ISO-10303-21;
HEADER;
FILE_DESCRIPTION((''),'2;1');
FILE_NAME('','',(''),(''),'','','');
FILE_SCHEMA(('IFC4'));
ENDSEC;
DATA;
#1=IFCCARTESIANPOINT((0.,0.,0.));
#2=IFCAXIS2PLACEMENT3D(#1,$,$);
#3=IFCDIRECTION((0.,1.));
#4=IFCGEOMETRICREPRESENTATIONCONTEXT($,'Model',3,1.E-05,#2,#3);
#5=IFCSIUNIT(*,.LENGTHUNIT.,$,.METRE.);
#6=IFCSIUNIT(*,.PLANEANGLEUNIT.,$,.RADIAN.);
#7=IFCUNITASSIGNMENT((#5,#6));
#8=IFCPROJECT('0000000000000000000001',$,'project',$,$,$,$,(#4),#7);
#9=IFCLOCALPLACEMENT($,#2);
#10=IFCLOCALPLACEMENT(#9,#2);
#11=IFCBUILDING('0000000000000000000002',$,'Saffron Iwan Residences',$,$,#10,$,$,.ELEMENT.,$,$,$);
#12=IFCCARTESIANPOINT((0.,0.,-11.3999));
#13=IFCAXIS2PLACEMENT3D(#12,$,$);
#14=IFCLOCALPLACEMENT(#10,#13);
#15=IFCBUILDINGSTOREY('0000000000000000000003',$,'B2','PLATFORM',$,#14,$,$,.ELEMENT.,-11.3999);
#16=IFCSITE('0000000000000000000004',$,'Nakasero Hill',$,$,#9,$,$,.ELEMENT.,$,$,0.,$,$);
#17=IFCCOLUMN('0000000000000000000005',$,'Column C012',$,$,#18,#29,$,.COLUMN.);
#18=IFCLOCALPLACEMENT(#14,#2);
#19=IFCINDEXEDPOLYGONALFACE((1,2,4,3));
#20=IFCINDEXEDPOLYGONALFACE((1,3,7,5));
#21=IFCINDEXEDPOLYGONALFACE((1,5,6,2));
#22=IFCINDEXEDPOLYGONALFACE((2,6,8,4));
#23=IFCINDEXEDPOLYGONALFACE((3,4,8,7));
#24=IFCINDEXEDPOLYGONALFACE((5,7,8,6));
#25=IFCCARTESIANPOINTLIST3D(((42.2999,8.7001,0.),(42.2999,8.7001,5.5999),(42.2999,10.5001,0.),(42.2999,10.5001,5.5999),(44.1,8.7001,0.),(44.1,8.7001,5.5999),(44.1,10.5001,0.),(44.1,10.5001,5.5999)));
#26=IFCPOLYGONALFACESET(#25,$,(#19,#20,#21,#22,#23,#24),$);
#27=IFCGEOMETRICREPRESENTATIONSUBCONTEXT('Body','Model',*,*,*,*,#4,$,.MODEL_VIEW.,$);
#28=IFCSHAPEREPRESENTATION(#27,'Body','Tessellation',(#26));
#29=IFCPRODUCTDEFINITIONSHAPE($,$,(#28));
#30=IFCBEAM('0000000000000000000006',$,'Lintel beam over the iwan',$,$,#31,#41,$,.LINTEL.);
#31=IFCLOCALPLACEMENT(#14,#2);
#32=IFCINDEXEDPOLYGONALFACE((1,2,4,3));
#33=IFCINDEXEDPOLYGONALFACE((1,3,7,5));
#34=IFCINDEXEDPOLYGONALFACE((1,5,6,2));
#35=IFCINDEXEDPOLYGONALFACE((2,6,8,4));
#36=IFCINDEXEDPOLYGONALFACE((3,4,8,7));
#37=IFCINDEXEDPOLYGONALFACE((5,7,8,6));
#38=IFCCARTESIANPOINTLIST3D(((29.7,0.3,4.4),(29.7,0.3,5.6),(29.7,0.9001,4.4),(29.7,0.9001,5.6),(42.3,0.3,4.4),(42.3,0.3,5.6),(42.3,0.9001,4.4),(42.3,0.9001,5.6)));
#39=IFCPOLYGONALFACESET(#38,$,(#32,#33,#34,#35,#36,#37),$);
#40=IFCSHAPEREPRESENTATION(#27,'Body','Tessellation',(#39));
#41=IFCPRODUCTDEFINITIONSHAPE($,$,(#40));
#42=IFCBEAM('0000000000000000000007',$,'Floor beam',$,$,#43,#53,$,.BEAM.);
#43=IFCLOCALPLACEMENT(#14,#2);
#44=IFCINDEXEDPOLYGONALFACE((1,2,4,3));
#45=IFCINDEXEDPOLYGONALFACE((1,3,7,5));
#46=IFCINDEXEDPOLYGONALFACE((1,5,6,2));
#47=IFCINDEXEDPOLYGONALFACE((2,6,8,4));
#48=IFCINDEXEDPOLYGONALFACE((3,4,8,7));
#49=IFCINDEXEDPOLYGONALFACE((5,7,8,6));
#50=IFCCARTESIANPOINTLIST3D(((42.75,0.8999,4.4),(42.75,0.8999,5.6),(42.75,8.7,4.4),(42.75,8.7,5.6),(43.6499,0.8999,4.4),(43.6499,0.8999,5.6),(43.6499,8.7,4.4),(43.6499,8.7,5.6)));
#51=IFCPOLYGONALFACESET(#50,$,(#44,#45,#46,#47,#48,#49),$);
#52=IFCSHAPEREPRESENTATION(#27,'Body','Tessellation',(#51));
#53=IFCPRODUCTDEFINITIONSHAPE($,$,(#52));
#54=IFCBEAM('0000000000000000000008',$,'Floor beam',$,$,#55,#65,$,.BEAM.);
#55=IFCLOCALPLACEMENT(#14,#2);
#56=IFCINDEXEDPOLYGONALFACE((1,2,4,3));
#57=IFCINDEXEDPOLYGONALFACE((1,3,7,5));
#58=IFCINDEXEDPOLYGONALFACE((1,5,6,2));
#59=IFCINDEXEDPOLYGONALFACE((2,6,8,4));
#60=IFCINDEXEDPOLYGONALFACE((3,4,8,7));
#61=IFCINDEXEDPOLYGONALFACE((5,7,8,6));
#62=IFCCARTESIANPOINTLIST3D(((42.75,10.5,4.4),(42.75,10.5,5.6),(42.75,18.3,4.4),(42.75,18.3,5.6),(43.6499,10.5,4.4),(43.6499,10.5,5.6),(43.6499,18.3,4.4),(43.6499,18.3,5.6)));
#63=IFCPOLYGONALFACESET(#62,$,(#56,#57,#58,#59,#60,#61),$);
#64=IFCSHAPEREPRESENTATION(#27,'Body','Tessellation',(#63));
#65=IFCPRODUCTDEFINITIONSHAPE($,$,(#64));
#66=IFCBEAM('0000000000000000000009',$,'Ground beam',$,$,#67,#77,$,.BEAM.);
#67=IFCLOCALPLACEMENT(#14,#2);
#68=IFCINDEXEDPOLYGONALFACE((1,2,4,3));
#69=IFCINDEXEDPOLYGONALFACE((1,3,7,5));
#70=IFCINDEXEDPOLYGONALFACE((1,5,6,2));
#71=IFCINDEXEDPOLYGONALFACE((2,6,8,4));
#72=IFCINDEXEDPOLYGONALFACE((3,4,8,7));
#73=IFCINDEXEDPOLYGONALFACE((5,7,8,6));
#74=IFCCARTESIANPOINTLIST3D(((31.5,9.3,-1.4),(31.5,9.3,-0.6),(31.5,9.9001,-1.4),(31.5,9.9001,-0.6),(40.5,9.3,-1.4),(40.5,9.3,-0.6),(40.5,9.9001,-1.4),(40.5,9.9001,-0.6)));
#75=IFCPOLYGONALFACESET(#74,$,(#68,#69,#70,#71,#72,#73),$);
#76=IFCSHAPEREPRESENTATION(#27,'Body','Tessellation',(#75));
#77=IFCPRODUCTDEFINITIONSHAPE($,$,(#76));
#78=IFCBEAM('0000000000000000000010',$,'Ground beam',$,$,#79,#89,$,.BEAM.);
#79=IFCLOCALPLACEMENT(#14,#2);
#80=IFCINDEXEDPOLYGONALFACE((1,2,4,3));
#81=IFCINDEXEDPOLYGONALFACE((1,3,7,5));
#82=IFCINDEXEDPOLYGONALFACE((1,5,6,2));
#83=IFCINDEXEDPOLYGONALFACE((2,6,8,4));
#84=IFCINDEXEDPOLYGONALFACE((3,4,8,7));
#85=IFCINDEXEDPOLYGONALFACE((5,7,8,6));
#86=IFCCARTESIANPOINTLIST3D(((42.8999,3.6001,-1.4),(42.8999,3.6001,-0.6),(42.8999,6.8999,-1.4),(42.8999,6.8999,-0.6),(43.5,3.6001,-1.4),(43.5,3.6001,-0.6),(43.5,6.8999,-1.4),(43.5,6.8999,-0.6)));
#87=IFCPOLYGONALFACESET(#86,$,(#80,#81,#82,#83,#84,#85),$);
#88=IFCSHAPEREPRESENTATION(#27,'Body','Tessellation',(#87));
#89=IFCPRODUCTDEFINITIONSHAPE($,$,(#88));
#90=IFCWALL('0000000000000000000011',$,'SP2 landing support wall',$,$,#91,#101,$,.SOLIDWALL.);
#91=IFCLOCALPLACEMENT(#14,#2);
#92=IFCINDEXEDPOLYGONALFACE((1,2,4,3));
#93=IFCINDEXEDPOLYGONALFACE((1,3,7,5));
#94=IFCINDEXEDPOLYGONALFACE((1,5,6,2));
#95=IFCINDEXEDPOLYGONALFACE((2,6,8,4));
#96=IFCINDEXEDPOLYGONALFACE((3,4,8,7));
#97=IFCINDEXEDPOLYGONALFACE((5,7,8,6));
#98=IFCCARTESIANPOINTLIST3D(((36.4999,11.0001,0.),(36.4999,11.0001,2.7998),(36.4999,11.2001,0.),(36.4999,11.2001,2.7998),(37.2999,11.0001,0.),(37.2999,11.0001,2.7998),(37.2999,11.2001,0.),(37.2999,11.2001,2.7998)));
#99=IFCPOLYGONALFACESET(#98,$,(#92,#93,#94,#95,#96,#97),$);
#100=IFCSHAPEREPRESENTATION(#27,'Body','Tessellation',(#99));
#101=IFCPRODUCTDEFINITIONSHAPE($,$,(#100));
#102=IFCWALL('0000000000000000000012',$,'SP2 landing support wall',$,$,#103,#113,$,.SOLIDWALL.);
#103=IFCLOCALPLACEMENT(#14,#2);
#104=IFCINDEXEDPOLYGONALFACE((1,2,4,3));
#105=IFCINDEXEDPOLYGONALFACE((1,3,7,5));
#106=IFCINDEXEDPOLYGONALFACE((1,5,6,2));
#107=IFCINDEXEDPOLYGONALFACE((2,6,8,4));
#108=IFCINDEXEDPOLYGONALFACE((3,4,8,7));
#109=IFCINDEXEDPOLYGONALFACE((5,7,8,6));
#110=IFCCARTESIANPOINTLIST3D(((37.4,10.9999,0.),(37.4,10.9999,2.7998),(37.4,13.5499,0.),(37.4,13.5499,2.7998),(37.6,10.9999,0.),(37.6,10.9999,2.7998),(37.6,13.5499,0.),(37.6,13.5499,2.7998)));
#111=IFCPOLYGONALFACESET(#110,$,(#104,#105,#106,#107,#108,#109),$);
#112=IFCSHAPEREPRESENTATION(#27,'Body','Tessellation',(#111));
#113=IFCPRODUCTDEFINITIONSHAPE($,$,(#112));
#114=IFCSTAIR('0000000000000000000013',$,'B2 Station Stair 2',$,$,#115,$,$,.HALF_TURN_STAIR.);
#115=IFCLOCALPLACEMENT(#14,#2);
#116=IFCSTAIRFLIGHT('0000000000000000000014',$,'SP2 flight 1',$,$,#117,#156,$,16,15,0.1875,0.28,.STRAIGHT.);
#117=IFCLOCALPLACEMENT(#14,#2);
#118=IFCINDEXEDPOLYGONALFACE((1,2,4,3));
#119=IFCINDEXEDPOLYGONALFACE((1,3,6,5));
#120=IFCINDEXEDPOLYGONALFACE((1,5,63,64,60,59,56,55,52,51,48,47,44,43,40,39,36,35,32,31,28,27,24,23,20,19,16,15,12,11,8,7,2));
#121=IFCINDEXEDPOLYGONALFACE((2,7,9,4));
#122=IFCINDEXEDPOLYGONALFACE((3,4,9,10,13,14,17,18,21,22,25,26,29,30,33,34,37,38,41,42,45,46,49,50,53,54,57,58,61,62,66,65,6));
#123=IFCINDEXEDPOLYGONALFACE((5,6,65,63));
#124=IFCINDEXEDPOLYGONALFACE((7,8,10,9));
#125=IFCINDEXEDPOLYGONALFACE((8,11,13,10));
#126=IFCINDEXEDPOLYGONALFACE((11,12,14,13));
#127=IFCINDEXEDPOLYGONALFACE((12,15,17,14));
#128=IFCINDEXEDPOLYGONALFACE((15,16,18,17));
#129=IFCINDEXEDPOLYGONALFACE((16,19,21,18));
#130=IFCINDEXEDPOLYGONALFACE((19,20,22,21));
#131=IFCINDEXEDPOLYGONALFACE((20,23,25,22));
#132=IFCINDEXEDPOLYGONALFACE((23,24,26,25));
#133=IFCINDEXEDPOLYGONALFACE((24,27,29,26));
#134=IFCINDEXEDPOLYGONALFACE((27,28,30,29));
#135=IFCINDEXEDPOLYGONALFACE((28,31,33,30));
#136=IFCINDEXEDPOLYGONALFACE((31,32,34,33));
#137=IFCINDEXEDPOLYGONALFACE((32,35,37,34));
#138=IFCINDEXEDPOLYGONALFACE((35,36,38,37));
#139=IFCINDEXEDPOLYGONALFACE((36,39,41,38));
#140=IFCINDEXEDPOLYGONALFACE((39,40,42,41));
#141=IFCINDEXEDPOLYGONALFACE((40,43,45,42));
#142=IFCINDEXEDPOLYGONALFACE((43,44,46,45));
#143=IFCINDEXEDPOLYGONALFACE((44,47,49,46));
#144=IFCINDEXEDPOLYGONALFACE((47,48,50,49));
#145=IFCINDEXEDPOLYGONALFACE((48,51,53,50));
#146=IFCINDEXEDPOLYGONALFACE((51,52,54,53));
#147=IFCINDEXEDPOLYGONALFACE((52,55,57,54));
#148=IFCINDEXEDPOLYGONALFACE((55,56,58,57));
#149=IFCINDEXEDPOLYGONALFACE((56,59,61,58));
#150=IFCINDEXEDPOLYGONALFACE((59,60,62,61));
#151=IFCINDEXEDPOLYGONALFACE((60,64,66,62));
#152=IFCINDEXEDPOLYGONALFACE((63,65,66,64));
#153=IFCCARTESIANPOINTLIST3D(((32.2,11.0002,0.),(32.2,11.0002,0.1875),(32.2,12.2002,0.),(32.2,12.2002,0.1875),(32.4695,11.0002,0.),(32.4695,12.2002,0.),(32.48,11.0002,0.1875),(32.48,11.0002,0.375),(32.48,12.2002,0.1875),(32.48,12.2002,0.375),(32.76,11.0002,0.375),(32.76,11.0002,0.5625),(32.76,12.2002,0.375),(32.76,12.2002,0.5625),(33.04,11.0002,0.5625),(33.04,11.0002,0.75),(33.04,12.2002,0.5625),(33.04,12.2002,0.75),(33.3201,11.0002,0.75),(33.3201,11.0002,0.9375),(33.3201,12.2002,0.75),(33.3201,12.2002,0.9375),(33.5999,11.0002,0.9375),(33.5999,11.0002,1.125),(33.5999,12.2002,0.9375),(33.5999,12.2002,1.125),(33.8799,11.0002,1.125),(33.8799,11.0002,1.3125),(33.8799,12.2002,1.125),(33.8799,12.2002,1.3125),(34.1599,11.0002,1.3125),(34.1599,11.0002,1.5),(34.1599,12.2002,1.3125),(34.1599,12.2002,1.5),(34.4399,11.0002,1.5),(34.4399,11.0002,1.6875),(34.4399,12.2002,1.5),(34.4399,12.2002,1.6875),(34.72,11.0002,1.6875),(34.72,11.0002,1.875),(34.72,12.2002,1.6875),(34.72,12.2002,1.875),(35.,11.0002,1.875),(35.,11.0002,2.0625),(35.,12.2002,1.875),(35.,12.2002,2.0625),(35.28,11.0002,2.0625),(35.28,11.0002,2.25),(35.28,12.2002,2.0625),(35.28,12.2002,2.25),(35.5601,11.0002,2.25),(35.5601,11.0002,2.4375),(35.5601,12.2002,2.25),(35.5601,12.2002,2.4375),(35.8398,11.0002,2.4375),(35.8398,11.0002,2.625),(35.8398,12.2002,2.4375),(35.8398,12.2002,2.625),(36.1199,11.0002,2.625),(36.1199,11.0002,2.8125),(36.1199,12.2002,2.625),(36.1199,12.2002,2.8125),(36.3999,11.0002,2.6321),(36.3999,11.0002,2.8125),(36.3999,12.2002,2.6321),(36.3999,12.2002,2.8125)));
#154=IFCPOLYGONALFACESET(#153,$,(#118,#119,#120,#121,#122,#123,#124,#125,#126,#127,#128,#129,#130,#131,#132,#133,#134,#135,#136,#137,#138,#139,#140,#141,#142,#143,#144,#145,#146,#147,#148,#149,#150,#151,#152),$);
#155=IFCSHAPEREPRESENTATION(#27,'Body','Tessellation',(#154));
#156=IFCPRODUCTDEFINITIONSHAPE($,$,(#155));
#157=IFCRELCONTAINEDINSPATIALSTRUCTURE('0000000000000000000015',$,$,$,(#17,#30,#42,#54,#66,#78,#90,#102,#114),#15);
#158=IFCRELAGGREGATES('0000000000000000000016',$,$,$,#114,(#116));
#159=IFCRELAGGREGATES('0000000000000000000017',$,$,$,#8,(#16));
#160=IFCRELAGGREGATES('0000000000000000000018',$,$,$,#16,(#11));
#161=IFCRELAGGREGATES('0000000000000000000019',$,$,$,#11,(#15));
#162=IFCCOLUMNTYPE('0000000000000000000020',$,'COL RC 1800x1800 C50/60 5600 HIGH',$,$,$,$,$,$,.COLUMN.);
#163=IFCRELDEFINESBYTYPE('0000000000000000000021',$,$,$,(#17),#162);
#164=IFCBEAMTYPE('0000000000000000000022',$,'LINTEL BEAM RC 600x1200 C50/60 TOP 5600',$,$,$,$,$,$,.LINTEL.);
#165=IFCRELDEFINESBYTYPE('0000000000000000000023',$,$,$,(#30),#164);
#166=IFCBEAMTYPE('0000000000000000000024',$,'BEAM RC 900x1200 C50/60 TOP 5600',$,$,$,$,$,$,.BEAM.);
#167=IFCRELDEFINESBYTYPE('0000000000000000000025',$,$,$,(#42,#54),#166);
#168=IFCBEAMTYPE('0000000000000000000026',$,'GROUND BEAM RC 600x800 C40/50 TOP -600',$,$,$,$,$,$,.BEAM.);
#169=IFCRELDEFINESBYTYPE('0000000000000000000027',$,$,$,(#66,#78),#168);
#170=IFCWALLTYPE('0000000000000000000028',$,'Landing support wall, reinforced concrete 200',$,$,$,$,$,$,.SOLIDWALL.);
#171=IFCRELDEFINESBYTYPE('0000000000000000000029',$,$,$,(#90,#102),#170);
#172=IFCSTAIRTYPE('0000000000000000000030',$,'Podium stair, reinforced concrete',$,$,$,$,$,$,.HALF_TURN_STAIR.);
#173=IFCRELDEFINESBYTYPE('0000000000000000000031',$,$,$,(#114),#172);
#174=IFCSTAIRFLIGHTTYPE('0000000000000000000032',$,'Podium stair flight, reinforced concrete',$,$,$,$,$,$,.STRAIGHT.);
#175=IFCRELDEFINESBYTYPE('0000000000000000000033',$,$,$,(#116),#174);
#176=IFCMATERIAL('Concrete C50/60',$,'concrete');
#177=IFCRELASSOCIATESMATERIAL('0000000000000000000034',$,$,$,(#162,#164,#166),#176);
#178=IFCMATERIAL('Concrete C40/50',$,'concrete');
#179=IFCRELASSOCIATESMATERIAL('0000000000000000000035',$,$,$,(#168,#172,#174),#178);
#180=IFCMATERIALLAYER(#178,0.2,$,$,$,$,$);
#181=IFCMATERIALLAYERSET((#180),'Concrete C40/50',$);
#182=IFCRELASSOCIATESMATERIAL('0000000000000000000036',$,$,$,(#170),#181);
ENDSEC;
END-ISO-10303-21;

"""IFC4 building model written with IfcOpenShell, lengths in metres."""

from ifc_helpers import new_model, si_unit, direction, frame, frame_2d, origin, origin_2d, place, context, subcontext, project, spatial, polyline, rectangle, outline, extrude, source, transform, mapped, material, layer, layer_set, material_profile, profile_set, type_object, element, aggregate, save


model = new_model("IFC4")

# Units and contexts
model_context = context("Model", 3, precision=1e-05, world=origin(), true_north=direction((0.0, 1.0)))
body_context = subcontext(model_context, "Body", "Model", "MODEL_VIEW")
ifc_project = project(units=[si_unit("LENGTHUNIT", "METRE"), si_unit("PLANEANGLEUNIT", "RADIAN")], contexts=[model_context])

# Site, building, storey
site_placement = place(None, origin())
site = spatial("IfcSite", under=ifc_project, at=site_placement, Name="Nakasero Hill", CompositionType="ELEMENT", RefElevation=0.0)
building_placement = place(site_placement, origin())
building = spatial("IfcBuilding", under=site, at=building_placement, Name="Saffron Iwan Residences", CompositionType="ELEMENT")
storey_placement = place(building_placement, frame((0.0, 0.0, -11.3999)))
storey = spatial("IfcBuildingStorey", under=building, at=storey_placement, Name="B2", Description="PLATFORM", CompositionType="ELEMENT", Elevation=-11.3999)

# Shared definitions
ifc_material_1 = material(Name="Concrete C40/50", Category="concrete")

# Column
ifc_material_2 = material(Name="Concrete C50/60", Category="concrete")
ifc_material_profile_1 = material_profile(ifc_material_2, rectangle(XDim=1.8, YDim=1.8, at=origin_2d()), Name="RC 1800x1800")
ifc_profile_set_1 = profile_set([ifc_material_profile_1], Name="Concrete C50/60")
column_type = type_object("IfcColumnType", Name="COL RC 1800x1800 C50/60 5600 HIGH", PredefinedType="COLUMN", material=ifc_profile_set_1)
shared_shape_1 = source(origin(), body_context, "Body", "SweptSolid", [
    extrude(rectangle(XDim=1.8, YDim=1.8, at=origin_2d()), origin(), (0.0, 0.0, 1.0), 5.5999),
])
for number, where, z_axis, x_axis, name in (
    (1, (43.2, 9.6001, 0.0), (0.0, 0.0, 1.0), (1.0, 0.0, 0.0), "Column C012"),
):
    element("IfcColumn", number, at=place(storey_placement, frame(where, z_axis=z_axis, x_axis=x_axis)), inside=storey, type_object=column_type, Name=name, PredefinedType="COLUMN", context=body_context, shape_type="MappedRepresentation", body=[
        mapped(shared_shape_1, transform((0.0, 0.0, 0.0))),
    ])

# Beams
ifc_material_profile_2 = material_profile(ifc_material_2, rectangle(XDim=0.6001, YDim=1.2, at=origin_2d()), Name="RC 600x1200")
ifc_profile_set_2 = profile_set([ifc_material_profile_2], Name="Concrete C50/60")
beam_type_1 = type_object("IfcBeamType", Name="LINTEL BEAM RC 600x1200 C50/60 TOP 5600", PredefinedType="LINTEL", material=ifc_profile_set_2)
shared_shape_2 = source(origin(), body_context, "Body", "SweptSolid", [
    extrude(rectangle(XDim=0.6001, YDim=1.2, at=origin_2d()), origin(), (0.0, 0.0, 1.0), 12.6001),
])
beam_1_placement = place(storey_placement, frame((42.3, 0.6001, 5.0), z_axis=(-1.0, 0.0, 0.0), x_axis=(0.0, -1.0, 0.0)))
element("IfcBeam", 2, at=beam_1_placement, inside=storey, type_object=beam_type_1, Name="Lintel beam over the iwan", PredefinedType="LINTEL", context=body_context, shape_type="MappedRepresentation", body=[
    mapped(shared_shape_2, transform((0.0, 0.0, 0.0))),
])
ifc_material_profile_3 = material_profile(ifc_material_2, rectangle(XDim=0.8999, YDim=1.2, at=origin_2d()), Name="RC 900x1200")
ifc_profile_set_3 = profile_set([ifc_material_profile_3], Name="Concrete C50/60")
beam_type_2 = type_object("IfcBeamType", Name="BEAM RC 900x1200 C50/60 TOP 5600", PredefinedType="BEAM", material=ifc_profile_set_3)
shared_shape_3 = source(origin(), body_context, "Body", "SweptSolid", [
    extrude(rectangle(XDim=0.8999, YDim=1.2, at=origin_2d()), origin(), (0.0, 0.0, 1.0), 7.8),
])
for number, where, z_axis, x_axis, name in (
    (3, (43.2, 0.8999, 5.0), (0.0, 1.0, 0.0), (-1.0, 0.0, 0.0), "Floor beam"),
    (4, (43.2, 10.5, 5.0), (0.0, 1.0, 0.0), (-1.0, 0.0, 0.0), "Floor beam"),
):
    element("IfcBeam", number, at=place(storey_placement, frame(where, z_axis=z_axis, x_axis=x_axis)), inside=storey, type_object=beam_type_2, Name=name, PredefinedType="BEAM", context=body_context, shape_type="MappedRepresentation", body=[
        mapped(shared_shape_3, transform((0.0, 0.0, 0.0))),
    ])
ifc_material_profile_4 = material_profile(ifc_material_1, rectangle(XDim=0.6001, YDim=0.8, at=origin_2d()), Name="RC 600x800")
ifc_profile_set_4 = profile_set([ifc_material_profile_4], Name="Concrete C40/50")
beam_type_3 = type_object("IfcBeamType", Name="GROUND BEAM RC 600x800 C40/50 TOP -600", PredefinedType="BEAM", material=ifc_profile_set_4)
shared_shape_4 = source(origin(), body_context, "Body", "SweptSolid", [
    extrude(rectangle(XDim=0.6001, YDim=0.8, at=origin_2d()), origin(), (0.0, 0.0, 1.0), 9.0),
])
beam_2_placement = place(storey_placement, frame((31.5, 9.6001, -1.0), z_axis=(1.0, 0.0, 0.0), x_axis=(0.0, 1.0, 0.0)))
element("IfcBeam", 5, at=beam_2_placement, inside=storey, type_object=beam_type_3, Name="Ground beam", PredefinedType="BEAM", context=body_context, shape_type="MappedRepresentation", body=[
    mapped(shared_shape_4, transform((0.0, 0.0, 0.0))),
])
shared_shape_5 = source(origin(), body_context, "Body", "SweptSolid", [
    extrude(rectangle(XDim=0.6001, YDim=0.8, at=origin_2d()), origin(), (0.0, 0.0, 1.0), 3.2998),
])
beam_3_placement = place(storey_placement, frame((43.2, 3.6001, -1.0), z_axis=(0.0, 1.0, 0.0), x_axis=(-1.0, 0.0, 0.0)))
element("IfcBeam", 6, at=beam_3_placement, inside=storey, type_object=beam_type_3, Name="Ground beam", PredefinedType="BEAM", context=body_context, shape_type="MappedRepresentation", body=[
    mapped(shared_shape_5, transform((0.0, 0.0, 0.0))),
])

# Walls
ifc_layer = layer(ifc_material_1, 0.2)
ifc_layer_set = layer_set([ifc_layer], Name="Concrete C40/50")
wall_type = type_object("IfcWallType", Name="Landing support wall, reinforced concrete 200", PredefinedType="SOLIDWALL", material=ifc_layer_set)
wall_1_placement = place(storey_placement, frame((36.5, 11.1001, 0.0), z_axis=(0.0, 0.0, 1.0), x_axis=(1.0, 0.0, 0.0)))
element("IfcWall", 7, at=wall_1_placement, inside=storey, type_object=wall_type, Name="SP2 landing support wall", PredefinedType="SOLIDWALL", context=body_context, shape_type="SweptSolid", body=[
    extrude(rectangle(XDim=0.8, YDim=0.2, at=frame_2d((0.3999, 0.0))), origin(), (0.0, 0.0, 1.0), 2.7998),
])
wall_2_placement = place(storey_placement, frame((37.5, 11.0, 0.0), z_axis=(0.0, 0.0, 1.0), x_axis=(0.0, 1.0, 0.0)))
element("IfcWall", 8, at=wall_2_placement, inside=storey, type_object=wall_type, Name="SP2 landing support wall", PredefinedType="SOLIDWALL", context=body_context, shape_type="SweptSolid", body=[
    extrude(rectangle(XDim=2.55, YDim=0.2, at=frame_2d((1.2749, 0.0))), origin(), (0.0, 0.0, 1.0), 2.7998),
])

# Stair, stair flight
stair_type = type_object("IfcStairType", Name="Podium stair, reinforced concrete", PredefinedType="HALF_TURN_STAIR", material=ifc_material_1)
stair_placement = place(storey_placement, origin())
stair = element("IfcStair", 9, at=stair_placement, inside=storey, type_object=stair_type, Name="B2 Station Stair 2", PredefinedType="HALF_TURN_STAIR")
stair_flight_type = type_object("IfcStairFlightType", Name="Podium stair flight, reinforced concrete", PredefinedType="STRAIGHT", material=ifc_material_1)
stair_flight_placement = place(storey_placement, frame((32.2, 11.6001, 0.0), z_axis=(0.0, 0.0, 1.0), x_axis=(1.0, 0.0, 0.0)))
stair_flight = element("IfcStairFlight", 10, at=stair_flight_placement, type_object=stair_flight_type, Name="SP2 flight 1", NumberOfRisers=16, NumberOfTreads=15, PredefinedType="STRAIGHT", RiserHeight=0.1875, TreadLength=0.28, context=body_context, shape_type="SweptSolid", body=[
    extrude(outline(polyline([(0.0, 0.0), (0.0, 0.1875), (0.28, 0.1875), (0.28, 0.375), (0.5601, 0.375), (0.5601, 0.5625), (0.8401, 0.5625), (0.8401, 0.75), (1.1201, 0.75), (1.1201, 0.9375), (1.3999, 0.9375), (1.3999, 1.125), (1.6799, 1.125), (1.6799, 1.3125), (1.96, 1.3125), (1.96, 1.5), (2.24, 1.5), (2.24, 1.6875), (2.52, 1.6875), (2.52, 1.875), (2.8, 1.875), (2.8, 2.0625), (3.0801, 2.0625), (3.0801, 2.25), (3.3601, 2.25), (3.3601, 2.4375), (3.6399, 2.4375), (3.6399, 2.625), (3.9199, 2.625), (3.9199, 2.8125), (4.2, 2.8125), (4.2, 3.0), (4.2, 2.6321), (0.2695, 0.0), (0.0, 0.0)])), frame((0.0, 0.6001, 0.0), z_axis=(0.0, -1.0, 0.0), x_axis=(1.0, 0.0, 0.0)), (0.0, 0.0, 1.0), 1.2),
])
aggregate(stair, [stair_flight])

save(model, "model.ifc")
